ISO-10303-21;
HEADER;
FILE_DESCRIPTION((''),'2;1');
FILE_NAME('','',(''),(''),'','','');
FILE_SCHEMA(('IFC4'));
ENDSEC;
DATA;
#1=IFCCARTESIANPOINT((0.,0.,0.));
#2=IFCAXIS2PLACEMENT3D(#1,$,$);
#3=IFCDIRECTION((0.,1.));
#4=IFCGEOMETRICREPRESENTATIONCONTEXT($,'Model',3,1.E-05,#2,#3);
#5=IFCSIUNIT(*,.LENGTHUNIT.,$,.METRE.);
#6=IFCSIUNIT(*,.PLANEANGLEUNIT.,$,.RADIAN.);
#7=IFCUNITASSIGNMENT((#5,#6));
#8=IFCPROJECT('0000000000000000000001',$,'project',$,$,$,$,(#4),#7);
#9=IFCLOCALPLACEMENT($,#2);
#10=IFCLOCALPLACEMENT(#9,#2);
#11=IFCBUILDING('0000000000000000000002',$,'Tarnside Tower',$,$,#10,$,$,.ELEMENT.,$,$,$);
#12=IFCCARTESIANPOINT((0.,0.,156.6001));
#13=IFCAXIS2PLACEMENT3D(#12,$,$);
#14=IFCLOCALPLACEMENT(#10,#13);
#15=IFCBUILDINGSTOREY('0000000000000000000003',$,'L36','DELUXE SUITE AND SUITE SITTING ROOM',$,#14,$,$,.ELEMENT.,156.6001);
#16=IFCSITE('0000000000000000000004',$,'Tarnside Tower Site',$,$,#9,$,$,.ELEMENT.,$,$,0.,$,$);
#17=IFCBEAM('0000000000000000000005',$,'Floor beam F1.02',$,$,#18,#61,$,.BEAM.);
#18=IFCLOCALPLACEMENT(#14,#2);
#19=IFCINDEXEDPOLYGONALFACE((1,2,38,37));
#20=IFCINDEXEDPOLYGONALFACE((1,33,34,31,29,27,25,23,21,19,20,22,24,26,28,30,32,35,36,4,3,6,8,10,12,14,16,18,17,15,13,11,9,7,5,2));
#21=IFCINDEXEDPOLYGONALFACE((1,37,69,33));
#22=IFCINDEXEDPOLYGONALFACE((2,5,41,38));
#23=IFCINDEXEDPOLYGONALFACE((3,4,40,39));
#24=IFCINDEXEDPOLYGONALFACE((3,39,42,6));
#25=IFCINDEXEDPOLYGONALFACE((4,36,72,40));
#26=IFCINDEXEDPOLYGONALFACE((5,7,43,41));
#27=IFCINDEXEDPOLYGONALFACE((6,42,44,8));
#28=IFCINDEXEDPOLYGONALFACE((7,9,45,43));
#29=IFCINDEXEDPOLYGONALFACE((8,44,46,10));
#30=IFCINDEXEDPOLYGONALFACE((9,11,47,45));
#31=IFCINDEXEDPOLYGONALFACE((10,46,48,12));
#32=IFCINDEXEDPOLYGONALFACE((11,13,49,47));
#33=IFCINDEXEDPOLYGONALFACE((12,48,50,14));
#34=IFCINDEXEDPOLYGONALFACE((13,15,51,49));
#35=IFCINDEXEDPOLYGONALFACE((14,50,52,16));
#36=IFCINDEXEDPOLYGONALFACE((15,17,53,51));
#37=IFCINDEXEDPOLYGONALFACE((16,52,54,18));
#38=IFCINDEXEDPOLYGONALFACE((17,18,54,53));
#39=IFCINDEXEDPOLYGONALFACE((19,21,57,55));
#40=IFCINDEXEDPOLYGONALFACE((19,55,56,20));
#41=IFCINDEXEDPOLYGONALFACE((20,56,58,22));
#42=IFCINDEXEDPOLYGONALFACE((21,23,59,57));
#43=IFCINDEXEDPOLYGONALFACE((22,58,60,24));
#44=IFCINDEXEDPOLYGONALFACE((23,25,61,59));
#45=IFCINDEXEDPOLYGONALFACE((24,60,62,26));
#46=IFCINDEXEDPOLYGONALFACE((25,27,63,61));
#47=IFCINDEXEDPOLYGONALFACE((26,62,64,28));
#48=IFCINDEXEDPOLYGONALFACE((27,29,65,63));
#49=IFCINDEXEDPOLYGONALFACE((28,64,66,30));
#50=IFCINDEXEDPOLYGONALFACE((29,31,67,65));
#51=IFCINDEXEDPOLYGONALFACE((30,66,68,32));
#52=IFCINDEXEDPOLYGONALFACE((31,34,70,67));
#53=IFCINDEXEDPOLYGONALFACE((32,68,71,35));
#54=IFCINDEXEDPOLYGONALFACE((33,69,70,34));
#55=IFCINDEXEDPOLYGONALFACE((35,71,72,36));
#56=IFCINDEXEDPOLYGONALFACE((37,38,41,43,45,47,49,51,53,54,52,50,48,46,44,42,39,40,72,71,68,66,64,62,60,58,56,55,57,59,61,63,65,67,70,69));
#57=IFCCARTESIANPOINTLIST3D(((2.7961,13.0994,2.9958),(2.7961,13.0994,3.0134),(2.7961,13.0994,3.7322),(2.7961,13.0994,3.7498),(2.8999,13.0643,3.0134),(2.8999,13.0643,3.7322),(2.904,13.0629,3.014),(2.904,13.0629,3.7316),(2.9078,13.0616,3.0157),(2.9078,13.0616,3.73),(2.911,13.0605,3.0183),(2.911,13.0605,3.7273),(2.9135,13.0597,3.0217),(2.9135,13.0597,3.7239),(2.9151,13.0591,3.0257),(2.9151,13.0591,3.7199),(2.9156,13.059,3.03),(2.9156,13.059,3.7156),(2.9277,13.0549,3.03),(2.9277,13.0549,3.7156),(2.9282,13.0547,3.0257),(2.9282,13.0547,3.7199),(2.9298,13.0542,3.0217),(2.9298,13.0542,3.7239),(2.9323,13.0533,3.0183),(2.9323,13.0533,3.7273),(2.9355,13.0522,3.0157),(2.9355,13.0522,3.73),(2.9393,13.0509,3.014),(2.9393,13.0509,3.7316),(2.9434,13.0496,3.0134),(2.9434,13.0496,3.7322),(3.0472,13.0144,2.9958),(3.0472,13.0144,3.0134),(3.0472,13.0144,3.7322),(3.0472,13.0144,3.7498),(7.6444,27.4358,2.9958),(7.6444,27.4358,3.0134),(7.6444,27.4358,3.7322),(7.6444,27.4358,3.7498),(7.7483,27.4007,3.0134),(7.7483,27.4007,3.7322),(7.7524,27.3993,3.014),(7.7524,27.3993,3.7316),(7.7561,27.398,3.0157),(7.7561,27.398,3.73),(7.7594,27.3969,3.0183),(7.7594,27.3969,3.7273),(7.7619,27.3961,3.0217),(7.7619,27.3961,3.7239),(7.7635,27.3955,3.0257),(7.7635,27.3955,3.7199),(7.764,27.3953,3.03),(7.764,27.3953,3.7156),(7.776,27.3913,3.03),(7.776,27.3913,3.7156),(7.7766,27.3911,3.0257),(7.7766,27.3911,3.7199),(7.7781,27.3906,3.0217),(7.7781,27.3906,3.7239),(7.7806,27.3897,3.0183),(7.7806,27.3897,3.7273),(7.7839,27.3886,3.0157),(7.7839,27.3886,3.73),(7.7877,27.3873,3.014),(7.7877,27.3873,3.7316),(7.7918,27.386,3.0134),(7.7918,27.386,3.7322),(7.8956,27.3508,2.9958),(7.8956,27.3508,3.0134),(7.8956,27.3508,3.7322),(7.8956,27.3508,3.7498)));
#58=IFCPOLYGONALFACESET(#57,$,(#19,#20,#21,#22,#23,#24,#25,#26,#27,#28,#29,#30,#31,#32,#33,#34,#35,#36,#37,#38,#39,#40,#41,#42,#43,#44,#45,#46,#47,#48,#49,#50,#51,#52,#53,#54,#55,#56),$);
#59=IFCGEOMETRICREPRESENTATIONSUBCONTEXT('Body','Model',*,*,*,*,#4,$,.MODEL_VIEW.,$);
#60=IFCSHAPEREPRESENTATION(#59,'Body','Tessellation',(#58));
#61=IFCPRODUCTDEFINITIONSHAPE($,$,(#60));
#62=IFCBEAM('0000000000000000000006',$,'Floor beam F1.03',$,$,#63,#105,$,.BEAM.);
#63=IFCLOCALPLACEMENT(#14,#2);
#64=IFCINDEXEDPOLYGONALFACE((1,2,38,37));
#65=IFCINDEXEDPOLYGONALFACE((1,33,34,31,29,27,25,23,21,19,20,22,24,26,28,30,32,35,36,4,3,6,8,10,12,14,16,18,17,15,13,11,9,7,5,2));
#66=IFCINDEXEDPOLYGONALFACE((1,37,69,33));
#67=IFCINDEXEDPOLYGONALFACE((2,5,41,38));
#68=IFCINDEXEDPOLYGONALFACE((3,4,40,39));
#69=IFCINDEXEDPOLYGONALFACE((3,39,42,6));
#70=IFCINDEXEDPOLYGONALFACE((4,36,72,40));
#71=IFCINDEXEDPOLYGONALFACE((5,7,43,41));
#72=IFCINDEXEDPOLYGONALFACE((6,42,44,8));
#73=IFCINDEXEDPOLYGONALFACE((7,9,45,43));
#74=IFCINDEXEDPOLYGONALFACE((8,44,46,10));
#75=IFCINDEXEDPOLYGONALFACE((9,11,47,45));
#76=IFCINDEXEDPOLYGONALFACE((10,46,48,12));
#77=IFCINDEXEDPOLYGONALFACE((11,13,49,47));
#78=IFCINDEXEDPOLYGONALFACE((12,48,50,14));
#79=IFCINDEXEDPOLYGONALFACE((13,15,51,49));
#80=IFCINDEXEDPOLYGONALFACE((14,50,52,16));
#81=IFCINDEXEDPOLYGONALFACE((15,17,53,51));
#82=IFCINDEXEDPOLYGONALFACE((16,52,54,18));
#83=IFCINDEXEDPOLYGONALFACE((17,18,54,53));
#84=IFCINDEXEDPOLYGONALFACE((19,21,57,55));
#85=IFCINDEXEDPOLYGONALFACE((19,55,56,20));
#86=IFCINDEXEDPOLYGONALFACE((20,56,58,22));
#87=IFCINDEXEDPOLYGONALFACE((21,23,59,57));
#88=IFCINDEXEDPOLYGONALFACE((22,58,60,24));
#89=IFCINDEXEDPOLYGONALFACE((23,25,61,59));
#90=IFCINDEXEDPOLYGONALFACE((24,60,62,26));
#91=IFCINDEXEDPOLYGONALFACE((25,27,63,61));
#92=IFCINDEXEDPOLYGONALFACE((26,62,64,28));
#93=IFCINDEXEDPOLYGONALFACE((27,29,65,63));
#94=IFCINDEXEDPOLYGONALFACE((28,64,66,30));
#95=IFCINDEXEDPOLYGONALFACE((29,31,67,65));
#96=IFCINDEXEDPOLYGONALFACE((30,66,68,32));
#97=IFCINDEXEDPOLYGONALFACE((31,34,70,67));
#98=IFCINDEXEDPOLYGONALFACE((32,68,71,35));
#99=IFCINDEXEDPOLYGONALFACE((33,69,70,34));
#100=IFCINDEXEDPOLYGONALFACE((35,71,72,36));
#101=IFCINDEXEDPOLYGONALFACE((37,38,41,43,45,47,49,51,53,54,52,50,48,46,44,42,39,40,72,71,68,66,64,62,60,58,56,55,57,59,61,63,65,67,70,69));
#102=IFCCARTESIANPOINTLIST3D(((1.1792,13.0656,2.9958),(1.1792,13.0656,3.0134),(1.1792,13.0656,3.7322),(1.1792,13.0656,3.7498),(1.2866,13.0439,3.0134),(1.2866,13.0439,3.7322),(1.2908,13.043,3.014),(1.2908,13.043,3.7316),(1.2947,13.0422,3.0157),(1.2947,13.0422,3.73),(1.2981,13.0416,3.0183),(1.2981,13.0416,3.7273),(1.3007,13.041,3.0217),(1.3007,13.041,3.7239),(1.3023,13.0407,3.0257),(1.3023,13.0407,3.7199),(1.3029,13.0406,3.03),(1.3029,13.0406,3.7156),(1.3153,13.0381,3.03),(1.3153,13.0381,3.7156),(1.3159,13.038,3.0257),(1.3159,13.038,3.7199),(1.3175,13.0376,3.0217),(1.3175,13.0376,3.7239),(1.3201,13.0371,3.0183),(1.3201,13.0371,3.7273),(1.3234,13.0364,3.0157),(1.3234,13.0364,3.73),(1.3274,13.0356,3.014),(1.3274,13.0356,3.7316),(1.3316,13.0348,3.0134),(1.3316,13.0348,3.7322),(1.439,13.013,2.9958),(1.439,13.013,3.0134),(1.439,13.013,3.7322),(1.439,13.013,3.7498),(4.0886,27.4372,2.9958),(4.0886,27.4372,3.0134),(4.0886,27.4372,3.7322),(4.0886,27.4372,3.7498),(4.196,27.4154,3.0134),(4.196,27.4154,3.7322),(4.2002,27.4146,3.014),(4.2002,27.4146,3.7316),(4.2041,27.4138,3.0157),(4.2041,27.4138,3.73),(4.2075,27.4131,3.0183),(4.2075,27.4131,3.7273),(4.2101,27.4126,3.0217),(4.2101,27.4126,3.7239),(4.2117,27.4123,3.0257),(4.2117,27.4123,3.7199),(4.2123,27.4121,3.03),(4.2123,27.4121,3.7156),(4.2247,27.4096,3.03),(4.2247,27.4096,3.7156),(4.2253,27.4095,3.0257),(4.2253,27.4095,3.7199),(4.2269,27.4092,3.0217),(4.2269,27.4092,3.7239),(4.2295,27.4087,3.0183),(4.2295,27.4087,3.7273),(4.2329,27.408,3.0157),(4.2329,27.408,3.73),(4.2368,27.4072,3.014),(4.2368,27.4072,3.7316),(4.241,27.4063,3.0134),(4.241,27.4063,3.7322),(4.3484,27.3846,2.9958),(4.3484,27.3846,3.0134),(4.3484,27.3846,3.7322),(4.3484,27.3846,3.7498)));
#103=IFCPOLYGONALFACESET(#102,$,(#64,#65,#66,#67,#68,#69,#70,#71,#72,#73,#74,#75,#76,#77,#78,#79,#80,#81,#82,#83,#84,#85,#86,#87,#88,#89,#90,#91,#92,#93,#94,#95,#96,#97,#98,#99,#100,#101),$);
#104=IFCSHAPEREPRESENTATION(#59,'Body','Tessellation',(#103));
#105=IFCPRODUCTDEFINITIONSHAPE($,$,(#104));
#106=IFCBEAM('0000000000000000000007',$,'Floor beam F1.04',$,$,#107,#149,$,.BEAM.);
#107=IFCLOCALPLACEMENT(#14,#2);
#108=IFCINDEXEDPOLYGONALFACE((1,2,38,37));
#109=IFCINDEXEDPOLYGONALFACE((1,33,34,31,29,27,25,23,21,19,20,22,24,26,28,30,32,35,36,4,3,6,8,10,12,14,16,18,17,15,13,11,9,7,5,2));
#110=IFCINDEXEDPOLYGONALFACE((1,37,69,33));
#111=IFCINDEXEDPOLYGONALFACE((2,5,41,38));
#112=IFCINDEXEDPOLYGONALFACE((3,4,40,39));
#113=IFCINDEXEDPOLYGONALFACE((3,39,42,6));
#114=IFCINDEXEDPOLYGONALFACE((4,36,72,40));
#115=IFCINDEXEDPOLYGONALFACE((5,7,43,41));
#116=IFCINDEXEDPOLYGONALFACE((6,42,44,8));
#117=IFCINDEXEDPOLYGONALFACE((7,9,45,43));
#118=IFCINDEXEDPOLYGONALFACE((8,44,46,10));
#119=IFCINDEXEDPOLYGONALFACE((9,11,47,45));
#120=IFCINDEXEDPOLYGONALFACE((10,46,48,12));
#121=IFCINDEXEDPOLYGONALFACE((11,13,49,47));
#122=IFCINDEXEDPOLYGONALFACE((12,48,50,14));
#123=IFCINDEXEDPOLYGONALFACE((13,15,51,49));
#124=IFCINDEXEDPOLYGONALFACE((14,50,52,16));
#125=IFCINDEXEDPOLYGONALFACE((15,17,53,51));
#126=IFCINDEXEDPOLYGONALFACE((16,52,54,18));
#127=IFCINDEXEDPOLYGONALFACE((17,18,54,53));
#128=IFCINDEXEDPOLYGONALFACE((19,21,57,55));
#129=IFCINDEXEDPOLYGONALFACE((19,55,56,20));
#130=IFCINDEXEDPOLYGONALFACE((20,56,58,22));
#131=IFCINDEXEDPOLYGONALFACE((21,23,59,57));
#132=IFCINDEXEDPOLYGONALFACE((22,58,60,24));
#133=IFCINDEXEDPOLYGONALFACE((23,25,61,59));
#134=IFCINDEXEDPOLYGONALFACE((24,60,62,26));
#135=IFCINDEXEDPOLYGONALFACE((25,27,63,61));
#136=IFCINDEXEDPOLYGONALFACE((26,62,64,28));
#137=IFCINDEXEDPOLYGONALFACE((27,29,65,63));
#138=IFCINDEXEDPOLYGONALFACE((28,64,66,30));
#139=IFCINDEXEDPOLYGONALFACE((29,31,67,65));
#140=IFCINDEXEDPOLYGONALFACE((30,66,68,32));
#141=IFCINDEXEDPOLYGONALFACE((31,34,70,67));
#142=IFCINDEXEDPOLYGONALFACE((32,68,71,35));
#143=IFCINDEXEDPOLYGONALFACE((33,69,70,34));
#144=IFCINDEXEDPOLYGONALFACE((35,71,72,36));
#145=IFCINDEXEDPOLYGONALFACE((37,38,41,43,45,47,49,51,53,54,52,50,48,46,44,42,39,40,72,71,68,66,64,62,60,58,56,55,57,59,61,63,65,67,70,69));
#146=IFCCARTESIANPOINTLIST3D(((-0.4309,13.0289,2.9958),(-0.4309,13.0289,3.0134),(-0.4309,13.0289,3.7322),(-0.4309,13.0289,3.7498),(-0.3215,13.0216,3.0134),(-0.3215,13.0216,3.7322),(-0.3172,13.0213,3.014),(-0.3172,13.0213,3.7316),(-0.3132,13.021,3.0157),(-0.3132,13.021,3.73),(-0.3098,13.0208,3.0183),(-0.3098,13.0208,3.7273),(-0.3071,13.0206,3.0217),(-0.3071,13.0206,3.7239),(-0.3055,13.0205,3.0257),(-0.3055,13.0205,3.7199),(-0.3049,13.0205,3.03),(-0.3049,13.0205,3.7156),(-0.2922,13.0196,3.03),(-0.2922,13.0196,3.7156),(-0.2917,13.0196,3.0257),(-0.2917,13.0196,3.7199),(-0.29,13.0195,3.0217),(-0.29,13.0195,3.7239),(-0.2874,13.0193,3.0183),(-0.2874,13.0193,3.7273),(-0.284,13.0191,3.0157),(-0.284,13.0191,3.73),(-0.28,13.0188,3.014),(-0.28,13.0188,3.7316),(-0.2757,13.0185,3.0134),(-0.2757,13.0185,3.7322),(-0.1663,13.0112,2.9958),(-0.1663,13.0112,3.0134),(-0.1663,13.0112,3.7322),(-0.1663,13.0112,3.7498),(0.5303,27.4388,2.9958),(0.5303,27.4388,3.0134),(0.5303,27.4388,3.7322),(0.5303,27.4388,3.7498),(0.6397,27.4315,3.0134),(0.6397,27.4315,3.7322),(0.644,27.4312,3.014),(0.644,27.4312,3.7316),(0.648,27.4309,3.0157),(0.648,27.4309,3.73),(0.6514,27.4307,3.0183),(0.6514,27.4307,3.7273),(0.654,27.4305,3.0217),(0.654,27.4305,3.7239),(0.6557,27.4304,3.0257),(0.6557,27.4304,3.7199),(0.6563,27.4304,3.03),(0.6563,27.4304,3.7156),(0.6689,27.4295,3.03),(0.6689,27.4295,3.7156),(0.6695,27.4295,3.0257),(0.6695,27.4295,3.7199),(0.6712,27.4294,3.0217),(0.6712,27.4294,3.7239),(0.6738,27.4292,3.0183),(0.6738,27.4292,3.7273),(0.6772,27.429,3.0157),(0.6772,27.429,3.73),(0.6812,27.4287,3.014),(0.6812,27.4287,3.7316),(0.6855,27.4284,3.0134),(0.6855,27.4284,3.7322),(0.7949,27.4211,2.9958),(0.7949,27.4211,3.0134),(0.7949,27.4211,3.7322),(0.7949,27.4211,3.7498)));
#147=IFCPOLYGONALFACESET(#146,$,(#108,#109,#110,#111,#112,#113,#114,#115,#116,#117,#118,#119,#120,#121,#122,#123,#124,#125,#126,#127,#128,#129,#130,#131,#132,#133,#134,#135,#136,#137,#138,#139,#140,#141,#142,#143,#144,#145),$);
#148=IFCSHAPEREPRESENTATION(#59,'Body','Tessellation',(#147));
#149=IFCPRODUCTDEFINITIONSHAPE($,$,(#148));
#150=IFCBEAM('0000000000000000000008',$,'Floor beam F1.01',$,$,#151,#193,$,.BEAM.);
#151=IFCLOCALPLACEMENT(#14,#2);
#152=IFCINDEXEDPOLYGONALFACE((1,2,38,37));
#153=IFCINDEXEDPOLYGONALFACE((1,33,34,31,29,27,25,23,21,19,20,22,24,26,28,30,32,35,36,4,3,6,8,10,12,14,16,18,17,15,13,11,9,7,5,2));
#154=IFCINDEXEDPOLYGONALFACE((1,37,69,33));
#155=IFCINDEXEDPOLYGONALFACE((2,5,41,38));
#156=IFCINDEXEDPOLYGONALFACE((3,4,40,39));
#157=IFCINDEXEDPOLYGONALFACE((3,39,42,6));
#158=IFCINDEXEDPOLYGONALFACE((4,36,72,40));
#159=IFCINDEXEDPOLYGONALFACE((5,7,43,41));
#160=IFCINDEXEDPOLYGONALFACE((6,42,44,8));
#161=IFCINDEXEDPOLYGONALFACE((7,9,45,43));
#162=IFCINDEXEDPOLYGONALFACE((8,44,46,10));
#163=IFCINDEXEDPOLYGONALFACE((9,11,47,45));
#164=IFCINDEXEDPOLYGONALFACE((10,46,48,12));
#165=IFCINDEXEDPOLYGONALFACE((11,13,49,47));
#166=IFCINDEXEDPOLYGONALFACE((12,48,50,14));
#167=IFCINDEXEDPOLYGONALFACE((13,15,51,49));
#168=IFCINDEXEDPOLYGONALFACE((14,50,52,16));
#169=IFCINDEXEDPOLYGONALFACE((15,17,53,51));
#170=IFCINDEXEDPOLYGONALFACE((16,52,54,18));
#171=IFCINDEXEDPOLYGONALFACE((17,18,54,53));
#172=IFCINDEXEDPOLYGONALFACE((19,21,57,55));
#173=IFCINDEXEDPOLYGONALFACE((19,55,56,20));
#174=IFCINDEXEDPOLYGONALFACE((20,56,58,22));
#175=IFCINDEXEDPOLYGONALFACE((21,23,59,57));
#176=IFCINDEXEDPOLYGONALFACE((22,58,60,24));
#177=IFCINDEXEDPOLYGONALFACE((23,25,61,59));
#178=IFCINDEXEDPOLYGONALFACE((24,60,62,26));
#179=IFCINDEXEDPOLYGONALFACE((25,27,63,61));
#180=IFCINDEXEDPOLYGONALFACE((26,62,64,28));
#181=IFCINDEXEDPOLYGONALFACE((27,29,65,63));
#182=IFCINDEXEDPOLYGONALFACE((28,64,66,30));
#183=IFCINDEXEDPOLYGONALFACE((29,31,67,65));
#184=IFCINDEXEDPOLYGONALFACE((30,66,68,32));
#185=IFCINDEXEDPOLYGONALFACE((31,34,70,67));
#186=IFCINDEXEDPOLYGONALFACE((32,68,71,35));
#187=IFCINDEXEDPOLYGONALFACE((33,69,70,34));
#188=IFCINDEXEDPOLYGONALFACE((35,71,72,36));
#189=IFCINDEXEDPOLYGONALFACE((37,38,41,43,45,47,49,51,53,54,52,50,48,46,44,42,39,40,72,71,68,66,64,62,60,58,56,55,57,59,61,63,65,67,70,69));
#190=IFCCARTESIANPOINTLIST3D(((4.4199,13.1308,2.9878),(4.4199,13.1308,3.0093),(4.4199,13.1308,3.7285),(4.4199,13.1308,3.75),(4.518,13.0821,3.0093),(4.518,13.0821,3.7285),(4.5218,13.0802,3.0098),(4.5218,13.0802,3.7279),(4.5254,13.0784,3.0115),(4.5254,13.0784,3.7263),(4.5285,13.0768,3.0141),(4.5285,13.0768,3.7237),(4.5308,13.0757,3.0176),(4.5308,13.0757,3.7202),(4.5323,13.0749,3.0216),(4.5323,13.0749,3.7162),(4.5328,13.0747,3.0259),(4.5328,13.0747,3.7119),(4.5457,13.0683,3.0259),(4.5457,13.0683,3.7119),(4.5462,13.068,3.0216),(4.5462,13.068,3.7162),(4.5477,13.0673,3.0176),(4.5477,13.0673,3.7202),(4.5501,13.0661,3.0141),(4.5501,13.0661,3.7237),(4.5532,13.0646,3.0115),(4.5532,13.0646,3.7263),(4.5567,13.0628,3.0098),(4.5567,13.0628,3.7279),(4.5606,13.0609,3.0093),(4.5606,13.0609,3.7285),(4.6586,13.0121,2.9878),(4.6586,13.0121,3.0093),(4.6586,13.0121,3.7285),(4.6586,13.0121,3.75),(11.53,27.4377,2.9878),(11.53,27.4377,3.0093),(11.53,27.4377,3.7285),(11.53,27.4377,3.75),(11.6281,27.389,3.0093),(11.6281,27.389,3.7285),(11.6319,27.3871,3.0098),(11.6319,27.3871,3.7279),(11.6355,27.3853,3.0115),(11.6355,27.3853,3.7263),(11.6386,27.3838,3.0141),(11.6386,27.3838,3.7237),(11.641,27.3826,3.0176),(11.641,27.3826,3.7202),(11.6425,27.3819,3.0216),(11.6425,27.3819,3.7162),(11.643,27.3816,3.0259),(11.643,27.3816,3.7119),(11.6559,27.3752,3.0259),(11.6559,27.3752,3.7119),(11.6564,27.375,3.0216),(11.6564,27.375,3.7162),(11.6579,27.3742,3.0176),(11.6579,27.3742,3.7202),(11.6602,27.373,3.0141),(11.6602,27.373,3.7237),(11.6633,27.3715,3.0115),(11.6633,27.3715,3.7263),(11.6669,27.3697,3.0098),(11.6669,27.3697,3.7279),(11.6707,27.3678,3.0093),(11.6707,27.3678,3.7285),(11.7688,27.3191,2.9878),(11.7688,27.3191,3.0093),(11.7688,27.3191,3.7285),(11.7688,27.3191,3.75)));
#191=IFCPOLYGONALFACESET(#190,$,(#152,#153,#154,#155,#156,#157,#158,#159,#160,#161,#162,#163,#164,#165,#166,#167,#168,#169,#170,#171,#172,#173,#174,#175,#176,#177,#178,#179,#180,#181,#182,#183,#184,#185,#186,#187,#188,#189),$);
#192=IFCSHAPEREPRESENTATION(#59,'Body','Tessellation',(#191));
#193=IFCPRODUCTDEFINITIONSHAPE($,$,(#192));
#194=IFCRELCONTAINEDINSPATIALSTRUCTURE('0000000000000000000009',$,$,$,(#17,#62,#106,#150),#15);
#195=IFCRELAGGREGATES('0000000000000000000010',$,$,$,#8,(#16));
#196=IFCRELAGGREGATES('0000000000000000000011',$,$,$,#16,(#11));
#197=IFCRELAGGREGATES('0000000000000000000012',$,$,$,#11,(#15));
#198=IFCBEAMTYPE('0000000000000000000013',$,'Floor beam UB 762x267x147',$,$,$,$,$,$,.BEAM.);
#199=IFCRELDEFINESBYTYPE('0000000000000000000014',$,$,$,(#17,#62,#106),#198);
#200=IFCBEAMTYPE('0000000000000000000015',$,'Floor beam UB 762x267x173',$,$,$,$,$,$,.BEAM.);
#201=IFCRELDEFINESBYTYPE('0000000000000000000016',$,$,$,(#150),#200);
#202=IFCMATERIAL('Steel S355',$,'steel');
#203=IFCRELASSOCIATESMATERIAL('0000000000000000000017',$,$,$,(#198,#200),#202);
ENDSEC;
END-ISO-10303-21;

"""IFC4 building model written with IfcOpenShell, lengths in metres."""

from ifc_helpers import new_model, si_unit, direction, frame, origin, origin_2d, place, context, subcontext, project, spatial, i_section, extrude, material, material_profile, profile_set, type_object, element, save


model = new_model("IFC4")

# Units and contexts
model_context = context("Model", 3, precision=1e-05, world=origin(), true_north=direction((0.0, 1.0)))
body_context = subcontext(model_context, "Body", "Model", "MODEL_VIEW")
ifc_project = project(units=[si_unit("LENGTHUNIT", "METRE"), si_unit("PLANEANGLEUNIT", "RADIAN")], contexts=[model_context])

# Site, building, storey
site_placement = place(None, origin())
site = spatial("IfcSite", under=ifc_project, at=site_placement, Name="Tarnside Tower Site", CompositionType="ELEMENT", RefElevation=0.0)
building_placement = place(site_placement, origin())
building = spatial("IfcBuilding", under=site, at=building_placement, Name="Tarnside Tower", CompositionType="ELEMENT")
storey_placement = place(building_placement, frame((0.0, 0.0, 156.6001)))
storey = spatial("IfcBuildingStorey", under=building, at=storey_placement, Name="L36", Description="DELUXE SUITE AND SUITE SITTING ROOM", CompositionType="ELEMENT", Elevation=156.6001)

# Beams
ifc_material_1 = material(Name="Steel S355", Category="steel")
ifc_material_profile_1 = material_profile(ifc_material_1, i_section(OverallWidth=0.2651, OverallDepth=0.7539, WebThickness=0.0127, FlangeThickness=0.0176, FilletRadius=0.0166, at=origin_2d()), Name="UB 762x267x147")
ifc_profile_set_1 = profile_set([ifc_material_profile_1], Name="Steel S355")
beam_type_1 = type_object("IfcBeamType", Name="Floor beam UB 762x267x147", PredefinedType="BEAM", material=ifc_profile_set_1)
beam_1_placement = place(storey_placement, frame((7.77, 27.3933, 3.3728), z_axis=(-0.320363, -0.947295, 0.0), x_axis=(0.947295, -0.320363, 0.0)))
element("IfcBeam", 1, at=beam_1_placement, inside=storey, type_object=beam_type_1, Name="Floor beam F1.02", PredefinedType="BEAM", context=body_context, shape_type="SweptSolid", body=[
    extrude(i_section(OverallWidth=0.2651, OverallDepth=0.7539, WebThickness=0.0127, FlangeThickness=0.0176, FilletRadius=0.0166, at=origin_2d()), origin(), (0.0, 0.0, 1.0), 15.134),
])
beam_2_placement = place(storey_placement, frame((4.2185, 27.4109, 3.3728), z_axis=(-0.198418, -0.980118, 0.0), x_axis=(0.980118, -0.198418, 0.0)))
element("IfcBeam", 2, at=beam_2_placement, inside=storey, type_object=beam_type_1, Name="Floor beam F1.03", PredefinedType="BEAM", context=body_context, shape_type="SweptSolid", body=[
    extrude(i_section(OverallWidth=0.2651, OverallDepth=0.7539, WebThickness=0.0127, FlangeThickness=0.0176, FilletRadius=0.0166, at=origin_2d()), origin(), (0.0, 0.0, 1.0), 14.6631),
])
beam_3_placement = place(storey_placement, frame((0.6626, 27.4299, 3.3728), z_axis=(-0.066555, -0.997783, 0.0), x_axis=(0.997783, -0.066555, 0.0)))
element("IfcBeam", 3, at=beam_3_placement, inside=storey, type_object=beam_type_1, Name="Floor beam F1.04", PredefinedType="BEAM", context=body_context, shape_type="SweptSolid", body=[
    extrude(i_section(OverallWidth=0.2651, OverallDepth=0.7539, WebThickness=0.0127, FlangeThickness=0.0176, FilletRadius=0.0166, at=origin_2d()), origin(), (0.0, 0.0, 1.0), 14.4419),
])
ifc_material_profile_2 = material_profile(ifc_material_1, i_section(OverallWidth=0.2666, OverallDepth=0.7622, WebThickness=0.0144, FlangeThickness=0.0215, FilletRadius=0.0166, at=origin_2d()), Name="UB 762x267x173")
ifc_profile_set_2 = profile_set([ifc_material_profile_2], Name="Steel S355")
beam_type_2 = type_object("IfcBeamType", Name="Floor beam UB 762x267x173", PredefinedType="BEAM", material=ifc_profile_set_2)
beam_4_placement = place(storey_placement, frame((11.6494, 27.3784, 3.3689), z_axis=(-0.445042, -0.89551, 0.0), x_axis=(0.89551, -0.445042, 0.0)))
element("IfcBeam", 4, at=beam_4_placement, inside=storey, type_object=beam_type_2, Name="Floor beam F1.01", PredefinedType="BEAM", context=body_context, shape_type="SweptSolid", body=[
    extrude(i_section(OverallWidth=0.2666, OverallDepth=0.7622, WebThickness=0.0144, FlangeThickness=0.0215, FilletRadius=0.0166, at=origin_2d()), origin(), (0.0, 0.0, 1.0), 15.9763),
])

save(model, "model.ifc")
